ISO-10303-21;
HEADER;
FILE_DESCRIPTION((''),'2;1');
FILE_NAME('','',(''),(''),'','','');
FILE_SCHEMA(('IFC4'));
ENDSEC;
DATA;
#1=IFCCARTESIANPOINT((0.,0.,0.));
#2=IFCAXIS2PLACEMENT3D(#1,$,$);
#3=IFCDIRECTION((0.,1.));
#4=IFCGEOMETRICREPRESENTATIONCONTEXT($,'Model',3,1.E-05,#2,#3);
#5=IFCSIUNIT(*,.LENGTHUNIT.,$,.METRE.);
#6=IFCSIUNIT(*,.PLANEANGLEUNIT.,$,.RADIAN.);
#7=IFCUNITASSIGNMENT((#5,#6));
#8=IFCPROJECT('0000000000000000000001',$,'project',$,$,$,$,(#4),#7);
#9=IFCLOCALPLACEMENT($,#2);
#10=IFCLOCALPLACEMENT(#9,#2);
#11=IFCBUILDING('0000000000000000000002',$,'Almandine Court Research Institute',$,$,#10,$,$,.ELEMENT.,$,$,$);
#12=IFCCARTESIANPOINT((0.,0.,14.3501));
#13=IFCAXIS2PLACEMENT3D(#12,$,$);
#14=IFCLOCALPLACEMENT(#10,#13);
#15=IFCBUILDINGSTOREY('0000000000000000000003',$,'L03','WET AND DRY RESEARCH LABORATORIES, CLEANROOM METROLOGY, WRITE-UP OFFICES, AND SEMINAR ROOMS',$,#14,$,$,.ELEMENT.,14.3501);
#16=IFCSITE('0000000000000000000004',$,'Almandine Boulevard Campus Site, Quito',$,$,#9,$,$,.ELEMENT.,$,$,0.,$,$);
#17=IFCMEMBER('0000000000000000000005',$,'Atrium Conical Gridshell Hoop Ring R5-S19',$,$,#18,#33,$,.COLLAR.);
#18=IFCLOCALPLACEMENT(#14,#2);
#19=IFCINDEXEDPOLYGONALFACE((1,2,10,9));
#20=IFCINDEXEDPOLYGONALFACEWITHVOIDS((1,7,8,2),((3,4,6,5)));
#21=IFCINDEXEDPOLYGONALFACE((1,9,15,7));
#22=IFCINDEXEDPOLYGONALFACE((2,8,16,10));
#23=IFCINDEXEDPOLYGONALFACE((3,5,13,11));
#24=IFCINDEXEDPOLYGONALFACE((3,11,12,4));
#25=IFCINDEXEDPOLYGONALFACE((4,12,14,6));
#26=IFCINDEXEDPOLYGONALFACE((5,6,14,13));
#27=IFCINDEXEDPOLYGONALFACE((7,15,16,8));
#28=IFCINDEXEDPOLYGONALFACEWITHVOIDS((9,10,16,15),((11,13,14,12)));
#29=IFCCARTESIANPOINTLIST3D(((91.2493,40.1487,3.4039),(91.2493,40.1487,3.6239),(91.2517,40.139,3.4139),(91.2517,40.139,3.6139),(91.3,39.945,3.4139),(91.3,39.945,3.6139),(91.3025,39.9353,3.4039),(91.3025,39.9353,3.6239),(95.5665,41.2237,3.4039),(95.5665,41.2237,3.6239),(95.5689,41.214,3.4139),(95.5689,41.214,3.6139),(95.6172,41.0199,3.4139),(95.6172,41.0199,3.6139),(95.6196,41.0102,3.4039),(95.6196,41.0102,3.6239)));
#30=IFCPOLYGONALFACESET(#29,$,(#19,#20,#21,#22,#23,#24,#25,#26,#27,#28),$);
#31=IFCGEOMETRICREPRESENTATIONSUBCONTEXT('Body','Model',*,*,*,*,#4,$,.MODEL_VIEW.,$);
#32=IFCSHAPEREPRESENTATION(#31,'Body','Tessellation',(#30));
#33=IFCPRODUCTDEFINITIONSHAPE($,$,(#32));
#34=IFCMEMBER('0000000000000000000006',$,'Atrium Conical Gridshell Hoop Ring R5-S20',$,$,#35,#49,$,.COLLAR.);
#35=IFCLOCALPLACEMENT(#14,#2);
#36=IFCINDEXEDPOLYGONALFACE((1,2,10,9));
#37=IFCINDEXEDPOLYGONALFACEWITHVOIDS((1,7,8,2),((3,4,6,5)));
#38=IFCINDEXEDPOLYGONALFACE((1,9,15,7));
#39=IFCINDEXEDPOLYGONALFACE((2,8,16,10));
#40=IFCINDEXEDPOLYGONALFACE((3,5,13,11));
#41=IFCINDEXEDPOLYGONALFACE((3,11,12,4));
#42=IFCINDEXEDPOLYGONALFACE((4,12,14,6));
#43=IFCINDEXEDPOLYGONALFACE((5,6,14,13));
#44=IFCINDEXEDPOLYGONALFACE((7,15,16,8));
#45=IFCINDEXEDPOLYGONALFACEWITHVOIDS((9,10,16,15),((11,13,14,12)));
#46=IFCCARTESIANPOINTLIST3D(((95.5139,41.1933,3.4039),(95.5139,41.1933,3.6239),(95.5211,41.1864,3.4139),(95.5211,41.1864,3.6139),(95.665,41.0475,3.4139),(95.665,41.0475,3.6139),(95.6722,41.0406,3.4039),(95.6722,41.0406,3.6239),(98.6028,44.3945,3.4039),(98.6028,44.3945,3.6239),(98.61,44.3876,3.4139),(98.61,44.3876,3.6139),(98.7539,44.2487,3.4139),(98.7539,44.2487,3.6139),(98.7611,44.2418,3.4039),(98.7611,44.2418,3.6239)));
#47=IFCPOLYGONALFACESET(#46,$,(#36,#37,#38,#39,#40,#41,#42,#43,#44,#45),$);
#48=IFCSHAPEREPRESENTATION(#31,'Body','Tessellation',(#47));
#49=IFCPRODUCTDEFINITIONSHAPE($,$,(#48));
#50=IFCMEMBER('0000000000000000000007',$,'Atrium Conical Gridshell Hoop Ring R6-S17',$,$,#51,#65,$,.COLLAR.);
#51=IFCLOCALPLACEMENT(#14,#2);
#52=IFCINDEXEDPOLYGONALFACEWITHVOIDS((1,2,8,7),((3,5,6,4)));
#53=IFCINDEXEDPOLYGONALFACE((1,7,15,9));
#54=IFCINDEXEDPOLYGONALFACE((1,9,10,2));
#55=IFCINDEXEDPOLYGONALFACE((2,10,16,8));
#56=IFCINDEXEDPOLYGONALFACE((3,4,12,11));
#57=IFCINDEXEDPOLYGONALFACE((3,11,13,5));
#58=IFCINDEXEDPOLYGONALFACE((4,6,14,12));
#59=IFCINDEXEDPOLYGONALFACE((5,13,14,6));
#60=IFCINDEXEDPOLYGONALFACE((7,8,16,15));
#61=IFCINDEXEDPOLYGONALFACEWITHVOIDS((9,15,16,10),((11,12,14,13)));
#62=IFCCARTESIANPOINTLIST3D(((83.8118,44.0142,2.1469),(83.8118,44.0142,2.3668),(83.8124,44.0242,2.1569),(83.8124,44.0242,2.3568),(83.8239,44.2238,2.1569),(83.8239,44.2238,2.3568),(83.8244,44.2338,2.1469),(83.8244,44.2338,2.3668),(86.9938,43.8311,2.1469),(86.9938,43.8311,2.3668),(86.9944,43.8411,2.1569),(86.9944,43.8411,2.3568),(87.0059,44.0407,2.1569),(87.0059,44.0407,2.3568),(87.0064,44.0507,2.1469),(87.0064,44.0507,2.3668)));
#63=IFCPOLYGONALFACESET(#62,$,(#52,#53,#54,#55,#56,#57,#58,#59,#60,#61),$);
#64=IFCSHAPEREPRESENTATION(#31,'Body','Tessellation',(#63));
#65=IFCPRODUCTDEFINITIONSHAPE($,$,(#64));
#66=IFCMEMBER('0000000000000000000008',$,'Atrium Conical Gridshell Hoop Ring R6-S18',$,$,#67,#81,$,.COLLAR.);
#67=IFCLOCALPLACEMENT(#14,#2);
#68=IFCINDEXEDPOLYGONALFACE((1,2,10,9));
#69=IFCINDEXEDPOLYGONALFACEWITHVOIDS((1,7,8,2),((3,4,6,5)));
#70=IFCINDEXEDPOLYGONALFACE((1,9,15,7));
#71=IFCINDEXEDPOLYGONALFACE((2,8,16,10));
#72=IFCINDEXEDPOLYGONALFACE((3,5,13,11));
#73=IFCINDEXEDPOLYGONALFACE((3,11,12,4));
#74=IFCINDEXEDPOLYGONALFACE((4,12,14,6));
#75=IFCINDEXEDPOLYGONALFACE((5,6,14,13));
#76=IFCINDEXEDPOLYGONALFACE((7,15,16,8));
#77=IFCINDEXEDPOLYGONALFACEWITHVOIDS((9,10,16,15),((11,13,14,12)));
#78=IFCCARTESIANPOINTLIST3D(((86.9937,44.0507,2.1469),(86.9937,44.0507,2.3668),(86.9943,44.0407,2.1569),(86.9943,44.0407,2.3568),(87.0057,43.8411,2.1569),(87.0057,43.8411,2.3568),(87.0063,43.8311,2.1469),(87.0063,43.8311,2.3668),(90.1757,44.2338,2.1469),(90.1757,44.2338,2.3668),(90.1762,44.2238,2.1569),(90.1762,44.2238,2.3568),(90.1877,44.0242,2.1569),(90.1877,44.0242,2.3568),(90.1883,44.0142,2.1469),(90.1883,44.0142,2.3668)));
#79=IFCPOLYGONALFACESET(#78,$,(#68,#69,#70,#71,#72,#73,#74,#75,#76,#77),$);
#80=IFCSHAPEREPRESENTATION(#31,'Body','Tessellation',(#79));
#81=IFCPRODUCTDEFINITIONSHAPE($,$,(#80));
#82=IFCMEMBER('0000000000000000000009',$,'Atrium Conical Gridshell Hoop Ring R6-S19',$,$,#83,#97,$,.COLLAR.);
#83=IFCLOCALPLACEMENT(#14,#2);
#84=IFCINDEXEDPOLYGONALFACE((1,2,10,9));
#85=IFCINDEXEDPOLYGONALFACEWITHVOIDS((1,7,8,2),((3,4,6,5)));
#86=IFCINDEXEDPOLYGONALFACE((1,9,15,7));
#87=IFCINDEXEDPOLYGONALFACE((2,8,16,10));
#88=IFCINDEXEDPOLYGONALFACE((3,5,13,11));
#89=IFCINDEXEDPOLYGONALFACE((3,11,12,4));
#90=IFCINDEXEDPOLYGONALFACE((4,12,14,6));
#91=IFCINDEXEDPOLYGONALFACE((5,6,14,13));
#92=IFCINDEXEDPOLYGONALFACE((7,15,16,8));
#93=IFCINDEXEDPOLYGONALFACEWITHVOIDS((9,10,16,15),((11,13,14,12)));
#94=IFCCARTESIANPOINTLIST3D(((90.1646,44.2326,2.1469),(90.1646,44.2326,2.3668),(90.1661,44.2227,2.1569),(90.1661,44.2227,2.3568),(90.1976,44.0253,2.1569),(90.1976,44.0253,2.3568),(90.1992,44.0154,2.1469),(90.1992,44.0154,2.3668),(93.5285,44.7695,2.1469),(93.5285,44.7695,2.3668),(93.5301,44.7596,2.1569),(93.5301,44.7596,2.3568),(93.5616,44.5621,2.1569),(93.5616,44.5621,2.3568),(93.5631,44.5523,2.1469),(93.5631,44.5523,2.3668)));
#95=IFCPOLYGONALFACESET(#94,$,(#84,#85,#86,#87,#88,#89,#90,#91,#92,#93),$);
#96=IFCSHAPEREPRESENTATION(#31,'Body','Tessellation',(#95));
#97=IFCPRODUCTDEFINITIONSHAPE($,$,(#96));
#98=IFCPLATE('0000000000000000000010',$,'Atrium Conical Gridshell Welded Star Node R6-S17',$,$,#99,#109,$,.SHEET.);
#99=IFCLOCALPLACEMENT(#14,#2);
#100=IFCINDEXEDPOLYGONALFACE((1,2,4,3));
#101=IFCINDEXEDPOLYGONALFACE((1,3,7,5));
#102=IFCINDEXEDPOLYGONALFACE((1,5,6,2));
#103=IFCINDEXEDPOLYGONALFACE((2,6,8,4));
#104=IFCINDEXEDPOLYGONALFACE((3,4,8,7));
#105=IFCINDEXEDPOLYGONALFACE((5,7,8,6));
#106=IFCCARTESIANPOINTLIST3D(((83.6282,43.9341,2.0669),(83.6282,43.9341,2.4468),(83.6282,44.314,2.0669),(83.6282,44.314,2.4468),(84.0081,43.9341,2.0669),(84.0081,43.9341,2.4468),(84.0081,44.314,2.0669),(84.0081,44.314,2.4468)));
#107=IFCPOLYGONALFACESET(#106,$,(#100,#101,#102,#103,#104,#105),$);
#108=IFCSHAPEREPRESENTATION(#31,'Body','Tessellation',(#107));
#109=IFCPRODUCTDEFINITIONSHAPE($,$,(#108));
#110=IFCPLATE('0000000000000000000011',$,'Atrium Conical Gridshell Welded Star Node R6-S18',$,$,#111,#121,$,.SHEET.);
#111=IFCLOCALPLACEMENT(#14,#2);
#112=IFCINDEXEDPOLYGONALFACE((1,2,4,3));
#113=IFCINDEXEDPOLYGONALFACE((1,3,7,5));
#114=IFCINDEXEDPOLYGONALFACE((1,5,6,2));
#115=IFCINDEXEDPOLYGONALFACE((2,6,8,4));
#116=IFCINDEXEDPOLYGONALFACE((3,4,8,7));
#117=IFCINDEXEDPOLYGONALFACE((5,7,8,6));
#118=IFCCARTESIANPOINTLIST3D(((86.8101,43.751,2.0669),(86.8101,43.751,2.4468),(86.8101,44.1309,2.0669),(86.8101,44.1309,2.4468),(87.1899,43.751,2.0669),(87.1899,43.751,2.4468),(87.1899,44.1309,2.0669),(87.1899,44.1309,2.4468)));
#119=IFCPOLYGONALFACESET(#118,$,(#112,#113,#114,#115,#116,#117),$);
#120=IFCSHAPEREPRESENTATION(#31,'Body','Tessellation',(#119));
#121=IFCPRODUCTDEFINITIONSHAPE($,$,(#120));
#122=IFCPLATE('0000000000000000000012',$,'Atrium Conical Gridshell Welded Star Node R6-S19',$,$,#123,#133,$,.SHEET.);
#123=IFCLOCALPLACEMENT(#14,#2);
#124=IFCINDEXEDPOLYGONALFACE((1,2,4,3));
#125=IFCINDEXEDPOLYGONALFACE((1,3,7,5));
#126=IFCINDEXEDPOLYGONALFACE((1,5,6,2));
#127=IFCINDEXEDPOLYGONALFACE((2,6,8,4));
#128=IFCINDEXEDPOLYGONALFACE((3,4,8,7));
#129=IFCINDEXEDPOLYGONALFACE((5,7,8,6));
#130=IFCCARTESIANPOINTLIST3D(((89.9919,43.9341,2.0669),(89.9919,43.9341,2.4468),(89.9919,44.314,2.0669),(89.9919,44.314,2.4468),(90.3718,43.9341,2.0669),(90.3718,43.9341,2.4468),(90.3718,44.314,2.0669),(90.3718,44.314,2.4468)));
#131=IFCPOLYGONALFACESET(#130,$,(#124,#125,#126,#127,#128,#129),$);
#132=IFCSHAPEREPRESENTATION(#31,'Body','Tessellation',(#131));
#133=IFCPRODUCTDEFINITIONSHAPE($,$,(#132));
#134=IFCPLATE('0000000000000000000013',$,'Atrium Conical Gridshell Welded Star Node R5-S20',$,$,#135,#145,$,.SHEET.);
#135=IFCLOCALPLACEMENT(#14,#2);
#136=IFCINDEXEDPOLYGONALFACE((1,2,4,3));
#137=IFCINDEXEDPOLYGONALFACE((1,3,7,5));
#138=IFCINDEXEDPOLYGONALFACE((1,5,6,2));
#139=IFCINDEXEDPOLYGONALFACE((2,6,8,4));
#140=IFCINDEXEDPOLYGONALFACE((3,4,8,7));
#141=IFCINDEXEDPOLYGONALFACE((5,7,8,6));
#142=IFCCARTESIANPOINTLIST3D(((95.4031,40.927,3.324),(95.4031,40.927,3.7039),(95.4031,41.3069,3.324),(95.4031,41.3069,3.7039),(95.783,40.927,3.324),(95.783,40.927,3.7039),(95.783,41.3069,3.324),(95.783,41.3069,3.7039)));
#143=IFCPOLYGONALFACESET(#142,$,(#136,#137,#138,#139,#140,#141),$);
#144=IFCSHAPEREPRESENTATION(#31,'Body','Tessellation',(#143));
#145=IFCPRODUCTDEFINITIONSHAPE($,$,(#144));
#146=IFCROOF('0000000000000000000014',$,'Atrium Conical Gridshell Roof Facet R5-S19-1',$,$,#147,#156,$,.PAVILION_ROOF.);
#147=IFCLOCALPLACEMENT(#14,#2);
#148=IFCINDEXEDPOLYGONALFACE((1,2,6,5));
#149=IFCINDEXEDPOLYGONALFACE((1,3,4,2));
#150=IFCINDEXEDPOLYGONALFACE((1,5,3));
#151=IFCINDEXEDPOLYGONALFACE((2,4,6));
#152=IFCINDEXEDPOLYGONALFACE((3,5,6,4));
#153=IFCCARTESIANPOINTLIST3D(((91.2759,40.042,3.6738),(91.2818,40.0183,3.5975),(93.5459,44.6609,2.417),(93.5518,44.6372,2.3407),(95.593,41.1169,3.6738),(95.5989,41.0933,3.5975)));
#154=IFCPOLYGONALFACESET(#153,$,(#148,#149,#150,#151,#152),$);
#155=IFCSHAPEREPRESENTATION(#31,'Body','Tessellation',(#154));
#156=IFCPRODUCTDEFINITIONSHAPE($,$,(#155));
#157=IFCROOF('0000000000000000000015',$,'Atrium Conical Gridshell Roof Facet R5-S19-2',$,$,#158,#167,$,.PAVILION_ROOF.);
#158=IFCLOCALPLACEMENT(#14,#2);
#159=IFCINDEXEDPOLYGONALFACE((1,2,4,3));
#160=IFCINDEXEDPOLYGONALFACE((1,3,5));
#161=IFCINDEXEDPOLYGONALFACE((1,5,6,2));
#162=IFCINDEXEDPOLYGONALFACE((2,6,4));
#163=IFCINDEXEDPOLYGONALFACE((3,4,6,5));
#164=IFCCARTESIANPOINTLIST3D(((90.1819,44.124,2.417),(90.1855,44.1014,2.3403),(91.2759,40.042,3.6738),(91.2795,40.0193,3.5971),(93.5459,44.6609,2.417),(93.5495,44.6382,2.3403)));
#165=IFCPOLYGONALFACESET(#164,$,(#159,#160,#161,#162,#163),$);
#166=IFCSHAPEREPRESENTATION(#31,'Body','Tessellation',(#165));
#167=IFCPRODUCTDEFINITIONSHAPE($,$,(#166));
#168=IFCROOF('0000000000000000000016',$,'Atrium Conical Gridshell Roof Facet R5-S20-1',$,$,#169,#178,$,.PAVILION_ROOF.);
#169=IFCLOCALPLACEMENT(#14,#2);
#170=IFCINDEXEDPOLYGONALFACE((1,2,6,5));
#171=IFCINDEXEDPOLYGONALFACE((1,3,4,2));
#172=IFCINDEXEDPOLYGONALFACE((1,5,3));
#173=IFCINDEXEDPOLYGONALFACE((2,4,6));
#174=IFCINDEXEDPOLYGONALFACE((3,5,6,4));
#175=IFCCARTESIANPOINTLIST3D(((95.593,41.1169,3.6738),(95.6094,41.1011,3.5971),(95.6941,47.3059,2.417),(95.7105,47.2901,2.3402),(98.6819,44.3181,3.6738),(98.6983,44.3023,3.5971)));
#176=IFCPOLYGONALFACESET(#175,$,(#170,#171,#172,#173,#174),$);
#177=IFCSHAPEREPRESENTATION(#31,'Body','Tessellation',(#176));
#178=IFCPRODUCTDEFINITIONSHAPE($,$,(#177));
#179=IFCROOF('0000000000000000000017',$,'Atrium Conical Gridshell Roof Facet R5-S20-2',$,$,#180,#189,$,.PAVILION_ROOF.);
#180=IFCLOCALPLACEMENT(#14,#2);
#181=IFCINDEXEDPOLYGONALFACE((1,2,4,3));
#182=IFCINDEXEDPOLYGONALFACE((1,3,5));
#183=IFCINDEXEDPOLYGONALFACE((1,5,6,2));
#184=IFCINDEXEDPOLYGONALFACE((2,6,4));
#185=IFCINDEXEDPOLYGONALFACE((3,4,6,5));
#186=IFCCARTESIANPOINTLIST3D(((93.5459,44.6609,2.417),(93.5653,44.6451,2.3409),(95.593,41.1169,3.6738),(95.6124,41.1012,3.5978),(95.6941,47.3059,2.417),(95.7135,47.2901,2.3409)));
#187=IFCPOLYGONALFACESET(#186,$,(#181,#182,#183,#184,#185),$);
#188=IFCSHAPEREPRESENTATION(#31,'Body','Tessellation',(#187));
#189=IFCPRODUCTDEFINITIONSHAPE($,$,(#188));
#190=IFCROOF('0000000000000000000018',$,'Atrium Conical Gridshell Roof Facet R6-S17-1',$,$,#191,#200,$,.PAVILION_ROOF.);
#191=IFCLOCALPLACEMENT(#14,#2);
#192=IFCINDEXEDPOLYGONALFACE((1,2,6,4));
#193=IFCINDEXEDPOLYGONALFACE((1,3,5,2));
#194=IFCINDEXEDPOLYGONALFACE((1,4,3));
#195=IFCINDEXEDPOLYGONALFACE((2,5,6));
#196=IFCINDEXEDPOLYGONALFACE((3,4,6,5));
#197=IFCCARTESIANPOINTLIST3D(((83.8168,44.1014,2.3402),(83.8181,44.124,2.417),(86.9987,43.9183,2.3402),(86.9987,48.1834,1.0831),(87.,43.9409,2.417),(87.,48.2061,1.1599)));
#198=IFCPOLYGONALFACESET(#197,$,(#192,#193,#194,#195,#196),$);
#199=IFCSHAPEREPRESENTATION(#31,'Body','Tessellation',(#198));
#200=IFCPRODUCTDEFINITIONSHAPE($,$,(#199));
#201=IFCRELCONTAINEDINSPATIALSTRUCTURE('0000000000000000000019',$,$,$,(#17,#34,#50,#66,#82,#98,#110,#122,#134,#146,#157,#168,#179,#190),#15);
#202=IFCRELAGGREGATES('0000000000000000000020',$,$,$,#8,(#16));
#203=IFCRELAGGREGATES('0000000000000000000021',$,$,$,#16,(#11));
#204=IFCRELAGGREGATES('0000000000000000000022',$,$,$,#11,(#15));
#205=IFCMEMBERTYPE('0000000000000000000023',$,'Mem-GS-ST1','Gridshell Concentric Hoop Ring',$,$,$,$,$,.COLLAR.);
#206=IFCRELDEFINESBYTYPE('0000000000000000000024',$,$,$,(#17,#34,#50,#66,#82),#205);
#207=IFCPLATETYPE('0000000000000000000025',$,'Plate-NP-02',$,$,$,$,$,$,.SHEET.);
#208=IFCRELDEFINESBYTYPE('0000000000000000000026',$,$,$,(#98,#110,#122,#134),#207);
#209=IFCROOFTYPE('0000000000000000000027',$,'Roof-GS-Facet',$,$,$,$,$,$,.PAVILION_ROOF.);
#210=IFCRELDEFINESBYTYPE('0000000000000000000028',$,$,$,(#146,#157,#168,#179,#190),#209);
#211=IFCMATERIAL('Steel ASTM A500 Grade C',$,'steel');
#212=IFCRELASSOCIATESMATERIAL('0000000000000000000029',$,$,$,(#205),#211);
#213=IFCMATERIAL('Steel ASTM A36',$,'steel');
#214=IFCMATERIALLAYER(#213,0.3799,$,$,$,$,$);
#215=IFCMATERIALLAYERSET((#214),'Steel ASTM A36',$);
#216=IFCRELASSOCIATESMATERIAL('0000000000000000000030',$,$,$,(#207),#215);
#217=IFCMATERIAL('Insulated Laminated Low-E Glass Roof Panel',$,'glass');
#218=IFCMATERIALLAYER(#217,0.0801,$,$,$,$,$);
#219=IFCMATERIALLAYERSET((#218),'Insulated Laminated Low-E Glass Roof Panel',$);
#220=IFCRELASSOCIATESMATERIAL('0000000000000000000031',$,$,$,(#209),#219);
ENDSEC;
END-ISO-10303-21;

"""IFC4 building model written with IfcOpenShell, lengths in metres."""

from ifc_helpers import new_model, si_unit, direction, frame, origin, origin_2d, place, context, subcontext, project, spatial, polyline, rectangle, hollow_rectangle, outline, extrude, material, layer, layer_set, material_profile, profile_set, type_object, element, save


model = new_model("IFC4")

# Units and contexts
model_context = context("Model", 3, precision=1e-05, world=origin(), true_north=direction((0.0, 1.0)))
body_context = subcontext(model_context, "Body", "Model", "MODEL_VIEW")
ifc_project = project(units=[si_unit("LENGTHUNIT", "METRE"), si_unit("PLANEANGLEUNIT", "RADIAN")], contexts=[model_context])

# Site, building, storey
site_placement = place(None, origin())
site = spatial("IfcSite", under=ifc_project, at=site_placement, Name="Almandine Boulevard Campus Site, Quito", CompositionType="ELEMENT", RefElevation=0.0)
building_placement = place(site_placement, origin())
building = spatial("IfcBuilding", under=site, at=building_placement, Name="Almandine Court Research Institute", CompositionType="ELEMENT")
storey_placement = place(building_placement, frame((0.0, 0.0, 14.3501)))
storey = spatial("IfcBuildingStorey", under=building, at=storey_placement, Name="L03", Description="WET AND DRY RESEARCH LABORATORIES, CLEANROOM METROLOGY, WRITE-UP OFFICES, AND SEMINAR ROOMS", CompositionType="ELEMENT", Elevation=14.3501)

# Members
ifc_material_1 = material(Name="Steel ASTM A500 Grade C", Category="steel")
ifc_material_profile_1 = material_profile(ifc_material_1, hollow_rectangle(XDim=0.22, YDim=0.22, WallThickness=0.01, at=origin_2d()), Name="HSS 220x220x10")
ifc_profile_set_1 = profile_set([ifc_material_profile_1], Name="Steel ASTM A500 Grade C")
member_type_1 = type_object("IfcMemberType", Name="Mem-GS-ST1", Description="Gridshell Concentric Hoop Ring", PredefinedType="COLLAR", material=ifc_profile_set_1)
member_1_placement = place(storey_placement, frame((91.2759, 40.042, 3.5139), z_axis=(0.970371, 0.241619, 0.0), x_axis=(-0.241619, 0.970371, 0.0)))
element("IfcMember", 1, at=member_1_placement, inside=storey, type_object=member_type_1, Name="Atrium Conical Gridshell Hoop Ring R5-S19", PredefinedType="COLLAR", context=body_context, shape_type="SweptSolid", body=[
    extrude(hollow_rectangle(XDim=0.22, YDim=0.22, WallThickness=0.01, at=origin_2d()), origin(), (0.0, 0.0, 1.0), 4.449),
])
member_2_placement = place(storey_placement, frame((95.593, 41.1169, 3.5139), z_axis=(0.694371, 0.719617, 0.0), x_axis=(-0.719617, 0.694371, 0.0)))
element("IfcMember", 2, at=member_2_placement, inside=storey, type_object=member_type_1, Name="Atrium Conical Gridshell Hoop Ring R5-S20", PredefinedType="COLLAR", context=body_context, shape_type="SweptSolid", body=[
    extrude(hollow_rectangle(XDim=0.22, YDim=0.22, WallThickness=0.01, at=origin_2d()), origin(), (0.0, 0.0, 1.0), 4.4485),
])
for number, where, z_axis, x_axis, name in (
    (3, (83.8181, 44.124, 2.2568), (0.998348, -0.057451, 0.0), (0.057451, 0.998348, 0.0), "Atrium Conical Gridshell Hoop Ring R6-S17"),
    (4, (87.0, 43.9409, 2.2568), (0.998348, 0.057451, 0.0), (-0.057451, 0.998348, 0.0), "Atrium Conical Gridshell Hoop Ring R6-S18"),
):
    element("IfcMember", number, at=place(storey_placement, frame(where, z_axis=z_axis, x_axis=x_axis)), inside=storey, type_object=member_type_1, Name=name, PredefinedType="COLLAR", context=body_context, shape_type="SweptSolid", body=[
        extrude(hollow_rectangle(XDim=0.22, YDim=0.22, WallThickness=0.01, at=origin_2d()), origin(), (0.0, 0.0, 1.0), 3.1873),
    ])
member_3_placement = place(storey_placement, frame((90.1819, 44.124, 2.2568), z_axis=(0.987504, 0.157596, 0.0), x_axis=(-0.157596, 0.987504, 0.0)))
element("IfcMember", 5, at=member_3_placement, inside=storey, type_object=member_type_1, Name="Atrium Conical Gridshell Hoop Ring R6-S19", PredefinedType="COLLAR", context=body_context, shape_type="SweptSolid", body=[
    extrude(hollow_rectangle(XDim=0.22, YDim=0.22, WallThickness=0.01, at=origin_2d()), origin(), (0.0, 0.0, 1.0), 3.4065),
])

# Plates
ifc_material_2 = material(Name="Steel ASTM A36", Category="steel")
ifc_layer_1 = layer(ifc_material_2, 0.3799)
ifc_layer_set_1 = layer_set([ifc_layer_1], Name="Steel ASTM A36")
plate_type = type_object("IfcPlateType", Name="Plate-NP-02", PredefinedType="SHEET", material=ifc_layer_set_1)
for number, where, z_axis, x_axis, name in (
    (6, (83.8181, 44.124, 2.0669), (0.0, 0.0, 1.0), (1.0, 0.0, 0.0), "Atrium Conical Gridshell Welded Star Node R6-S17"),
    (7, (87.0, 43.9409, 2.0669), (0.0, 0.0, 1.0), (1.0, 0.0, 0.0), "Atrium Conical Gridshell Welded Star Node R6-S18"),
    (8, (90.1819, 44.124, 2.0669), (0.0, 0.0, 1.0), (1.0, 0.0, 0.0), "Atrium Conical Gridshell Welded Star Node R6-S19"),
    (9, (95.593, 41.1169, 3.324), (0.0, 0.0, 1.0), (1.0, 0.0, 0.0), "Atrium Conical Gridshell Welded Star Node R5-S20"),
):
    element("IfcPlate", number, at=place(storey_placement, frame(where, z_axis=z_axis, x_axis=x_axis)), inside=storey, type_object=plate_type, Name=name, PredefinedType="SHEET", context=body_context, shape_type="SweptSolid", body=[
        extrude(rectangle(XDim=0.3799, YDim=0.3799, at=origin_2d()), origin(), (0.0, 0.0, 1.0), 0.3799),
    ])

# Roofs
ifc_material_3 = material(Name="Insulated Laminated Low-E Glass Roof Panel", Category="glass")
ifc_layer_2 = layer(ifc_material_3, 0.0801)
ifc_layer_set_2 = layer_set([ifc_layer_2], Name="Insulated Laminated Low-E Glass Roof Panel")
roof_type = type_object("IfcRoofType", Name="Roof-GS-Facet", PredefinedType="PAVILION_ROOF", material=ifc_layer_set_2)
roof_1_placement = place(storey_placement, frame((91.2759, 40.042, 3.6738), z_axis=(-0.073538, 0.29534, 0.952558), x_axis=(0.970371, 0.241619, 0.0)))
element("IfcRoof", 10, at=roof_1_placement, inside=storey, type_object=roof_type, Name="Atrium Conical Gridshell Roof Facet R5-S19-1", PredefinedType="PAVILION_ROOF", context=body_context, shape_type="SweptSolid", body=[
    extrude(outline(polyline([(0.0, 0.0), (4.449, 0.0), (3.3188, 4.1295), (0.0, 0.0)])), origin(), (0.0, 0.0, -1.0), 0.0801),
])
roof_2_placement = place(storey_placement, frame((91.2759, 40.042, 3.6738), z_axis=(-0.045147, 0.282891, 0.958089), x_axis=(0.428482, 0.87185, -0.237237)))
element("IfcRoof", 11, at=roof_2_placement, inside=storey, type_object=roof_type, Name="Atrium Conical Gridshell Roof Facet R5-S19-2", PredefinedType="PAVILION_ROOF", context=body_context, shape_type="SweptSolid", body=[
    extrude(outline(polyline([(0.0, 0.0), (5.2978, 0.0), (3.3883, 2.8211), (0.0, 0.0)])), origin(), (0.0, 0.0, -1.0), 0.0801),
])
roof_3_placement = place(storey_placement, frame((95.593, 41.1169, 3.6738), z_axis=(-0.205196, 0.197997, 0.958484), x_axis=(0.694371, 0.719617, 0.0)))
element("IfcRoof", 12, at=roof_3_placement, inside=storey, type_object=roof_type, Name="Atrium Conical Gridshell Roof Facet R5-S20-1", PredefinedType="PAVILION_ROOF", context=body_context, shape_type="SweptSolid", body=[
    extrude(outline(polyline([(0.0, 0.0), (4.4484, 0.0), (4.5239, 4.4077), (0.0, 0.0)])), origin(), (0.0, 0.0, -1.0), 0.0801),
])
roof_4_placement = place(storey_placement, frame((95.593, 41.1169, 3.6738), z_axis=(-0.242413, 0.196879, 0.949987), x_axis=(0.016003, 0.979871, -0.198989)))
element("IfcRoof", 13, at=roof_4_placement, inside=storey, type_object=roof_type, Name="Atrium Conical Gridshell Roof Facet R5-S20-2", PredefinedType="PAVILION_ROOF", context=body_context, shape_type="SweptSolid", body=[
    extrude(outline(polyline([(0.0, 0.0), (6.3161, 0.0), (3.6899, 2.1712), (0.0, 0.0)])), origin(), (0.0, 0.0, -1.0), 0.0801),
])
roof_5_placement = place(storey_placement, frame((83.8181, 44.124, 2.417), z_axis=(0.016267, 0.282673, 0.959078), x_axis=(0.998348, -0.057451, 0.0)))
element("IfcRoof", 14, at=roof_5_placement, inside=storey, type_object=roof_type, Name="Atrium Conical Gridshell Roof Facet R6-S17-1", PredefinedType="PAVILION_ROOF", context=body_context, shape_type="SweptSolid", body=[
    extrude(outline(polyline([(0.0, 0.0), (3.1871, 0.0), (2.9421, 4.4398), (0.0, 0.0)])), origin(), (0.0, 0.0, -1.0), 0.0801),
])

save(model, "model.ifc")
